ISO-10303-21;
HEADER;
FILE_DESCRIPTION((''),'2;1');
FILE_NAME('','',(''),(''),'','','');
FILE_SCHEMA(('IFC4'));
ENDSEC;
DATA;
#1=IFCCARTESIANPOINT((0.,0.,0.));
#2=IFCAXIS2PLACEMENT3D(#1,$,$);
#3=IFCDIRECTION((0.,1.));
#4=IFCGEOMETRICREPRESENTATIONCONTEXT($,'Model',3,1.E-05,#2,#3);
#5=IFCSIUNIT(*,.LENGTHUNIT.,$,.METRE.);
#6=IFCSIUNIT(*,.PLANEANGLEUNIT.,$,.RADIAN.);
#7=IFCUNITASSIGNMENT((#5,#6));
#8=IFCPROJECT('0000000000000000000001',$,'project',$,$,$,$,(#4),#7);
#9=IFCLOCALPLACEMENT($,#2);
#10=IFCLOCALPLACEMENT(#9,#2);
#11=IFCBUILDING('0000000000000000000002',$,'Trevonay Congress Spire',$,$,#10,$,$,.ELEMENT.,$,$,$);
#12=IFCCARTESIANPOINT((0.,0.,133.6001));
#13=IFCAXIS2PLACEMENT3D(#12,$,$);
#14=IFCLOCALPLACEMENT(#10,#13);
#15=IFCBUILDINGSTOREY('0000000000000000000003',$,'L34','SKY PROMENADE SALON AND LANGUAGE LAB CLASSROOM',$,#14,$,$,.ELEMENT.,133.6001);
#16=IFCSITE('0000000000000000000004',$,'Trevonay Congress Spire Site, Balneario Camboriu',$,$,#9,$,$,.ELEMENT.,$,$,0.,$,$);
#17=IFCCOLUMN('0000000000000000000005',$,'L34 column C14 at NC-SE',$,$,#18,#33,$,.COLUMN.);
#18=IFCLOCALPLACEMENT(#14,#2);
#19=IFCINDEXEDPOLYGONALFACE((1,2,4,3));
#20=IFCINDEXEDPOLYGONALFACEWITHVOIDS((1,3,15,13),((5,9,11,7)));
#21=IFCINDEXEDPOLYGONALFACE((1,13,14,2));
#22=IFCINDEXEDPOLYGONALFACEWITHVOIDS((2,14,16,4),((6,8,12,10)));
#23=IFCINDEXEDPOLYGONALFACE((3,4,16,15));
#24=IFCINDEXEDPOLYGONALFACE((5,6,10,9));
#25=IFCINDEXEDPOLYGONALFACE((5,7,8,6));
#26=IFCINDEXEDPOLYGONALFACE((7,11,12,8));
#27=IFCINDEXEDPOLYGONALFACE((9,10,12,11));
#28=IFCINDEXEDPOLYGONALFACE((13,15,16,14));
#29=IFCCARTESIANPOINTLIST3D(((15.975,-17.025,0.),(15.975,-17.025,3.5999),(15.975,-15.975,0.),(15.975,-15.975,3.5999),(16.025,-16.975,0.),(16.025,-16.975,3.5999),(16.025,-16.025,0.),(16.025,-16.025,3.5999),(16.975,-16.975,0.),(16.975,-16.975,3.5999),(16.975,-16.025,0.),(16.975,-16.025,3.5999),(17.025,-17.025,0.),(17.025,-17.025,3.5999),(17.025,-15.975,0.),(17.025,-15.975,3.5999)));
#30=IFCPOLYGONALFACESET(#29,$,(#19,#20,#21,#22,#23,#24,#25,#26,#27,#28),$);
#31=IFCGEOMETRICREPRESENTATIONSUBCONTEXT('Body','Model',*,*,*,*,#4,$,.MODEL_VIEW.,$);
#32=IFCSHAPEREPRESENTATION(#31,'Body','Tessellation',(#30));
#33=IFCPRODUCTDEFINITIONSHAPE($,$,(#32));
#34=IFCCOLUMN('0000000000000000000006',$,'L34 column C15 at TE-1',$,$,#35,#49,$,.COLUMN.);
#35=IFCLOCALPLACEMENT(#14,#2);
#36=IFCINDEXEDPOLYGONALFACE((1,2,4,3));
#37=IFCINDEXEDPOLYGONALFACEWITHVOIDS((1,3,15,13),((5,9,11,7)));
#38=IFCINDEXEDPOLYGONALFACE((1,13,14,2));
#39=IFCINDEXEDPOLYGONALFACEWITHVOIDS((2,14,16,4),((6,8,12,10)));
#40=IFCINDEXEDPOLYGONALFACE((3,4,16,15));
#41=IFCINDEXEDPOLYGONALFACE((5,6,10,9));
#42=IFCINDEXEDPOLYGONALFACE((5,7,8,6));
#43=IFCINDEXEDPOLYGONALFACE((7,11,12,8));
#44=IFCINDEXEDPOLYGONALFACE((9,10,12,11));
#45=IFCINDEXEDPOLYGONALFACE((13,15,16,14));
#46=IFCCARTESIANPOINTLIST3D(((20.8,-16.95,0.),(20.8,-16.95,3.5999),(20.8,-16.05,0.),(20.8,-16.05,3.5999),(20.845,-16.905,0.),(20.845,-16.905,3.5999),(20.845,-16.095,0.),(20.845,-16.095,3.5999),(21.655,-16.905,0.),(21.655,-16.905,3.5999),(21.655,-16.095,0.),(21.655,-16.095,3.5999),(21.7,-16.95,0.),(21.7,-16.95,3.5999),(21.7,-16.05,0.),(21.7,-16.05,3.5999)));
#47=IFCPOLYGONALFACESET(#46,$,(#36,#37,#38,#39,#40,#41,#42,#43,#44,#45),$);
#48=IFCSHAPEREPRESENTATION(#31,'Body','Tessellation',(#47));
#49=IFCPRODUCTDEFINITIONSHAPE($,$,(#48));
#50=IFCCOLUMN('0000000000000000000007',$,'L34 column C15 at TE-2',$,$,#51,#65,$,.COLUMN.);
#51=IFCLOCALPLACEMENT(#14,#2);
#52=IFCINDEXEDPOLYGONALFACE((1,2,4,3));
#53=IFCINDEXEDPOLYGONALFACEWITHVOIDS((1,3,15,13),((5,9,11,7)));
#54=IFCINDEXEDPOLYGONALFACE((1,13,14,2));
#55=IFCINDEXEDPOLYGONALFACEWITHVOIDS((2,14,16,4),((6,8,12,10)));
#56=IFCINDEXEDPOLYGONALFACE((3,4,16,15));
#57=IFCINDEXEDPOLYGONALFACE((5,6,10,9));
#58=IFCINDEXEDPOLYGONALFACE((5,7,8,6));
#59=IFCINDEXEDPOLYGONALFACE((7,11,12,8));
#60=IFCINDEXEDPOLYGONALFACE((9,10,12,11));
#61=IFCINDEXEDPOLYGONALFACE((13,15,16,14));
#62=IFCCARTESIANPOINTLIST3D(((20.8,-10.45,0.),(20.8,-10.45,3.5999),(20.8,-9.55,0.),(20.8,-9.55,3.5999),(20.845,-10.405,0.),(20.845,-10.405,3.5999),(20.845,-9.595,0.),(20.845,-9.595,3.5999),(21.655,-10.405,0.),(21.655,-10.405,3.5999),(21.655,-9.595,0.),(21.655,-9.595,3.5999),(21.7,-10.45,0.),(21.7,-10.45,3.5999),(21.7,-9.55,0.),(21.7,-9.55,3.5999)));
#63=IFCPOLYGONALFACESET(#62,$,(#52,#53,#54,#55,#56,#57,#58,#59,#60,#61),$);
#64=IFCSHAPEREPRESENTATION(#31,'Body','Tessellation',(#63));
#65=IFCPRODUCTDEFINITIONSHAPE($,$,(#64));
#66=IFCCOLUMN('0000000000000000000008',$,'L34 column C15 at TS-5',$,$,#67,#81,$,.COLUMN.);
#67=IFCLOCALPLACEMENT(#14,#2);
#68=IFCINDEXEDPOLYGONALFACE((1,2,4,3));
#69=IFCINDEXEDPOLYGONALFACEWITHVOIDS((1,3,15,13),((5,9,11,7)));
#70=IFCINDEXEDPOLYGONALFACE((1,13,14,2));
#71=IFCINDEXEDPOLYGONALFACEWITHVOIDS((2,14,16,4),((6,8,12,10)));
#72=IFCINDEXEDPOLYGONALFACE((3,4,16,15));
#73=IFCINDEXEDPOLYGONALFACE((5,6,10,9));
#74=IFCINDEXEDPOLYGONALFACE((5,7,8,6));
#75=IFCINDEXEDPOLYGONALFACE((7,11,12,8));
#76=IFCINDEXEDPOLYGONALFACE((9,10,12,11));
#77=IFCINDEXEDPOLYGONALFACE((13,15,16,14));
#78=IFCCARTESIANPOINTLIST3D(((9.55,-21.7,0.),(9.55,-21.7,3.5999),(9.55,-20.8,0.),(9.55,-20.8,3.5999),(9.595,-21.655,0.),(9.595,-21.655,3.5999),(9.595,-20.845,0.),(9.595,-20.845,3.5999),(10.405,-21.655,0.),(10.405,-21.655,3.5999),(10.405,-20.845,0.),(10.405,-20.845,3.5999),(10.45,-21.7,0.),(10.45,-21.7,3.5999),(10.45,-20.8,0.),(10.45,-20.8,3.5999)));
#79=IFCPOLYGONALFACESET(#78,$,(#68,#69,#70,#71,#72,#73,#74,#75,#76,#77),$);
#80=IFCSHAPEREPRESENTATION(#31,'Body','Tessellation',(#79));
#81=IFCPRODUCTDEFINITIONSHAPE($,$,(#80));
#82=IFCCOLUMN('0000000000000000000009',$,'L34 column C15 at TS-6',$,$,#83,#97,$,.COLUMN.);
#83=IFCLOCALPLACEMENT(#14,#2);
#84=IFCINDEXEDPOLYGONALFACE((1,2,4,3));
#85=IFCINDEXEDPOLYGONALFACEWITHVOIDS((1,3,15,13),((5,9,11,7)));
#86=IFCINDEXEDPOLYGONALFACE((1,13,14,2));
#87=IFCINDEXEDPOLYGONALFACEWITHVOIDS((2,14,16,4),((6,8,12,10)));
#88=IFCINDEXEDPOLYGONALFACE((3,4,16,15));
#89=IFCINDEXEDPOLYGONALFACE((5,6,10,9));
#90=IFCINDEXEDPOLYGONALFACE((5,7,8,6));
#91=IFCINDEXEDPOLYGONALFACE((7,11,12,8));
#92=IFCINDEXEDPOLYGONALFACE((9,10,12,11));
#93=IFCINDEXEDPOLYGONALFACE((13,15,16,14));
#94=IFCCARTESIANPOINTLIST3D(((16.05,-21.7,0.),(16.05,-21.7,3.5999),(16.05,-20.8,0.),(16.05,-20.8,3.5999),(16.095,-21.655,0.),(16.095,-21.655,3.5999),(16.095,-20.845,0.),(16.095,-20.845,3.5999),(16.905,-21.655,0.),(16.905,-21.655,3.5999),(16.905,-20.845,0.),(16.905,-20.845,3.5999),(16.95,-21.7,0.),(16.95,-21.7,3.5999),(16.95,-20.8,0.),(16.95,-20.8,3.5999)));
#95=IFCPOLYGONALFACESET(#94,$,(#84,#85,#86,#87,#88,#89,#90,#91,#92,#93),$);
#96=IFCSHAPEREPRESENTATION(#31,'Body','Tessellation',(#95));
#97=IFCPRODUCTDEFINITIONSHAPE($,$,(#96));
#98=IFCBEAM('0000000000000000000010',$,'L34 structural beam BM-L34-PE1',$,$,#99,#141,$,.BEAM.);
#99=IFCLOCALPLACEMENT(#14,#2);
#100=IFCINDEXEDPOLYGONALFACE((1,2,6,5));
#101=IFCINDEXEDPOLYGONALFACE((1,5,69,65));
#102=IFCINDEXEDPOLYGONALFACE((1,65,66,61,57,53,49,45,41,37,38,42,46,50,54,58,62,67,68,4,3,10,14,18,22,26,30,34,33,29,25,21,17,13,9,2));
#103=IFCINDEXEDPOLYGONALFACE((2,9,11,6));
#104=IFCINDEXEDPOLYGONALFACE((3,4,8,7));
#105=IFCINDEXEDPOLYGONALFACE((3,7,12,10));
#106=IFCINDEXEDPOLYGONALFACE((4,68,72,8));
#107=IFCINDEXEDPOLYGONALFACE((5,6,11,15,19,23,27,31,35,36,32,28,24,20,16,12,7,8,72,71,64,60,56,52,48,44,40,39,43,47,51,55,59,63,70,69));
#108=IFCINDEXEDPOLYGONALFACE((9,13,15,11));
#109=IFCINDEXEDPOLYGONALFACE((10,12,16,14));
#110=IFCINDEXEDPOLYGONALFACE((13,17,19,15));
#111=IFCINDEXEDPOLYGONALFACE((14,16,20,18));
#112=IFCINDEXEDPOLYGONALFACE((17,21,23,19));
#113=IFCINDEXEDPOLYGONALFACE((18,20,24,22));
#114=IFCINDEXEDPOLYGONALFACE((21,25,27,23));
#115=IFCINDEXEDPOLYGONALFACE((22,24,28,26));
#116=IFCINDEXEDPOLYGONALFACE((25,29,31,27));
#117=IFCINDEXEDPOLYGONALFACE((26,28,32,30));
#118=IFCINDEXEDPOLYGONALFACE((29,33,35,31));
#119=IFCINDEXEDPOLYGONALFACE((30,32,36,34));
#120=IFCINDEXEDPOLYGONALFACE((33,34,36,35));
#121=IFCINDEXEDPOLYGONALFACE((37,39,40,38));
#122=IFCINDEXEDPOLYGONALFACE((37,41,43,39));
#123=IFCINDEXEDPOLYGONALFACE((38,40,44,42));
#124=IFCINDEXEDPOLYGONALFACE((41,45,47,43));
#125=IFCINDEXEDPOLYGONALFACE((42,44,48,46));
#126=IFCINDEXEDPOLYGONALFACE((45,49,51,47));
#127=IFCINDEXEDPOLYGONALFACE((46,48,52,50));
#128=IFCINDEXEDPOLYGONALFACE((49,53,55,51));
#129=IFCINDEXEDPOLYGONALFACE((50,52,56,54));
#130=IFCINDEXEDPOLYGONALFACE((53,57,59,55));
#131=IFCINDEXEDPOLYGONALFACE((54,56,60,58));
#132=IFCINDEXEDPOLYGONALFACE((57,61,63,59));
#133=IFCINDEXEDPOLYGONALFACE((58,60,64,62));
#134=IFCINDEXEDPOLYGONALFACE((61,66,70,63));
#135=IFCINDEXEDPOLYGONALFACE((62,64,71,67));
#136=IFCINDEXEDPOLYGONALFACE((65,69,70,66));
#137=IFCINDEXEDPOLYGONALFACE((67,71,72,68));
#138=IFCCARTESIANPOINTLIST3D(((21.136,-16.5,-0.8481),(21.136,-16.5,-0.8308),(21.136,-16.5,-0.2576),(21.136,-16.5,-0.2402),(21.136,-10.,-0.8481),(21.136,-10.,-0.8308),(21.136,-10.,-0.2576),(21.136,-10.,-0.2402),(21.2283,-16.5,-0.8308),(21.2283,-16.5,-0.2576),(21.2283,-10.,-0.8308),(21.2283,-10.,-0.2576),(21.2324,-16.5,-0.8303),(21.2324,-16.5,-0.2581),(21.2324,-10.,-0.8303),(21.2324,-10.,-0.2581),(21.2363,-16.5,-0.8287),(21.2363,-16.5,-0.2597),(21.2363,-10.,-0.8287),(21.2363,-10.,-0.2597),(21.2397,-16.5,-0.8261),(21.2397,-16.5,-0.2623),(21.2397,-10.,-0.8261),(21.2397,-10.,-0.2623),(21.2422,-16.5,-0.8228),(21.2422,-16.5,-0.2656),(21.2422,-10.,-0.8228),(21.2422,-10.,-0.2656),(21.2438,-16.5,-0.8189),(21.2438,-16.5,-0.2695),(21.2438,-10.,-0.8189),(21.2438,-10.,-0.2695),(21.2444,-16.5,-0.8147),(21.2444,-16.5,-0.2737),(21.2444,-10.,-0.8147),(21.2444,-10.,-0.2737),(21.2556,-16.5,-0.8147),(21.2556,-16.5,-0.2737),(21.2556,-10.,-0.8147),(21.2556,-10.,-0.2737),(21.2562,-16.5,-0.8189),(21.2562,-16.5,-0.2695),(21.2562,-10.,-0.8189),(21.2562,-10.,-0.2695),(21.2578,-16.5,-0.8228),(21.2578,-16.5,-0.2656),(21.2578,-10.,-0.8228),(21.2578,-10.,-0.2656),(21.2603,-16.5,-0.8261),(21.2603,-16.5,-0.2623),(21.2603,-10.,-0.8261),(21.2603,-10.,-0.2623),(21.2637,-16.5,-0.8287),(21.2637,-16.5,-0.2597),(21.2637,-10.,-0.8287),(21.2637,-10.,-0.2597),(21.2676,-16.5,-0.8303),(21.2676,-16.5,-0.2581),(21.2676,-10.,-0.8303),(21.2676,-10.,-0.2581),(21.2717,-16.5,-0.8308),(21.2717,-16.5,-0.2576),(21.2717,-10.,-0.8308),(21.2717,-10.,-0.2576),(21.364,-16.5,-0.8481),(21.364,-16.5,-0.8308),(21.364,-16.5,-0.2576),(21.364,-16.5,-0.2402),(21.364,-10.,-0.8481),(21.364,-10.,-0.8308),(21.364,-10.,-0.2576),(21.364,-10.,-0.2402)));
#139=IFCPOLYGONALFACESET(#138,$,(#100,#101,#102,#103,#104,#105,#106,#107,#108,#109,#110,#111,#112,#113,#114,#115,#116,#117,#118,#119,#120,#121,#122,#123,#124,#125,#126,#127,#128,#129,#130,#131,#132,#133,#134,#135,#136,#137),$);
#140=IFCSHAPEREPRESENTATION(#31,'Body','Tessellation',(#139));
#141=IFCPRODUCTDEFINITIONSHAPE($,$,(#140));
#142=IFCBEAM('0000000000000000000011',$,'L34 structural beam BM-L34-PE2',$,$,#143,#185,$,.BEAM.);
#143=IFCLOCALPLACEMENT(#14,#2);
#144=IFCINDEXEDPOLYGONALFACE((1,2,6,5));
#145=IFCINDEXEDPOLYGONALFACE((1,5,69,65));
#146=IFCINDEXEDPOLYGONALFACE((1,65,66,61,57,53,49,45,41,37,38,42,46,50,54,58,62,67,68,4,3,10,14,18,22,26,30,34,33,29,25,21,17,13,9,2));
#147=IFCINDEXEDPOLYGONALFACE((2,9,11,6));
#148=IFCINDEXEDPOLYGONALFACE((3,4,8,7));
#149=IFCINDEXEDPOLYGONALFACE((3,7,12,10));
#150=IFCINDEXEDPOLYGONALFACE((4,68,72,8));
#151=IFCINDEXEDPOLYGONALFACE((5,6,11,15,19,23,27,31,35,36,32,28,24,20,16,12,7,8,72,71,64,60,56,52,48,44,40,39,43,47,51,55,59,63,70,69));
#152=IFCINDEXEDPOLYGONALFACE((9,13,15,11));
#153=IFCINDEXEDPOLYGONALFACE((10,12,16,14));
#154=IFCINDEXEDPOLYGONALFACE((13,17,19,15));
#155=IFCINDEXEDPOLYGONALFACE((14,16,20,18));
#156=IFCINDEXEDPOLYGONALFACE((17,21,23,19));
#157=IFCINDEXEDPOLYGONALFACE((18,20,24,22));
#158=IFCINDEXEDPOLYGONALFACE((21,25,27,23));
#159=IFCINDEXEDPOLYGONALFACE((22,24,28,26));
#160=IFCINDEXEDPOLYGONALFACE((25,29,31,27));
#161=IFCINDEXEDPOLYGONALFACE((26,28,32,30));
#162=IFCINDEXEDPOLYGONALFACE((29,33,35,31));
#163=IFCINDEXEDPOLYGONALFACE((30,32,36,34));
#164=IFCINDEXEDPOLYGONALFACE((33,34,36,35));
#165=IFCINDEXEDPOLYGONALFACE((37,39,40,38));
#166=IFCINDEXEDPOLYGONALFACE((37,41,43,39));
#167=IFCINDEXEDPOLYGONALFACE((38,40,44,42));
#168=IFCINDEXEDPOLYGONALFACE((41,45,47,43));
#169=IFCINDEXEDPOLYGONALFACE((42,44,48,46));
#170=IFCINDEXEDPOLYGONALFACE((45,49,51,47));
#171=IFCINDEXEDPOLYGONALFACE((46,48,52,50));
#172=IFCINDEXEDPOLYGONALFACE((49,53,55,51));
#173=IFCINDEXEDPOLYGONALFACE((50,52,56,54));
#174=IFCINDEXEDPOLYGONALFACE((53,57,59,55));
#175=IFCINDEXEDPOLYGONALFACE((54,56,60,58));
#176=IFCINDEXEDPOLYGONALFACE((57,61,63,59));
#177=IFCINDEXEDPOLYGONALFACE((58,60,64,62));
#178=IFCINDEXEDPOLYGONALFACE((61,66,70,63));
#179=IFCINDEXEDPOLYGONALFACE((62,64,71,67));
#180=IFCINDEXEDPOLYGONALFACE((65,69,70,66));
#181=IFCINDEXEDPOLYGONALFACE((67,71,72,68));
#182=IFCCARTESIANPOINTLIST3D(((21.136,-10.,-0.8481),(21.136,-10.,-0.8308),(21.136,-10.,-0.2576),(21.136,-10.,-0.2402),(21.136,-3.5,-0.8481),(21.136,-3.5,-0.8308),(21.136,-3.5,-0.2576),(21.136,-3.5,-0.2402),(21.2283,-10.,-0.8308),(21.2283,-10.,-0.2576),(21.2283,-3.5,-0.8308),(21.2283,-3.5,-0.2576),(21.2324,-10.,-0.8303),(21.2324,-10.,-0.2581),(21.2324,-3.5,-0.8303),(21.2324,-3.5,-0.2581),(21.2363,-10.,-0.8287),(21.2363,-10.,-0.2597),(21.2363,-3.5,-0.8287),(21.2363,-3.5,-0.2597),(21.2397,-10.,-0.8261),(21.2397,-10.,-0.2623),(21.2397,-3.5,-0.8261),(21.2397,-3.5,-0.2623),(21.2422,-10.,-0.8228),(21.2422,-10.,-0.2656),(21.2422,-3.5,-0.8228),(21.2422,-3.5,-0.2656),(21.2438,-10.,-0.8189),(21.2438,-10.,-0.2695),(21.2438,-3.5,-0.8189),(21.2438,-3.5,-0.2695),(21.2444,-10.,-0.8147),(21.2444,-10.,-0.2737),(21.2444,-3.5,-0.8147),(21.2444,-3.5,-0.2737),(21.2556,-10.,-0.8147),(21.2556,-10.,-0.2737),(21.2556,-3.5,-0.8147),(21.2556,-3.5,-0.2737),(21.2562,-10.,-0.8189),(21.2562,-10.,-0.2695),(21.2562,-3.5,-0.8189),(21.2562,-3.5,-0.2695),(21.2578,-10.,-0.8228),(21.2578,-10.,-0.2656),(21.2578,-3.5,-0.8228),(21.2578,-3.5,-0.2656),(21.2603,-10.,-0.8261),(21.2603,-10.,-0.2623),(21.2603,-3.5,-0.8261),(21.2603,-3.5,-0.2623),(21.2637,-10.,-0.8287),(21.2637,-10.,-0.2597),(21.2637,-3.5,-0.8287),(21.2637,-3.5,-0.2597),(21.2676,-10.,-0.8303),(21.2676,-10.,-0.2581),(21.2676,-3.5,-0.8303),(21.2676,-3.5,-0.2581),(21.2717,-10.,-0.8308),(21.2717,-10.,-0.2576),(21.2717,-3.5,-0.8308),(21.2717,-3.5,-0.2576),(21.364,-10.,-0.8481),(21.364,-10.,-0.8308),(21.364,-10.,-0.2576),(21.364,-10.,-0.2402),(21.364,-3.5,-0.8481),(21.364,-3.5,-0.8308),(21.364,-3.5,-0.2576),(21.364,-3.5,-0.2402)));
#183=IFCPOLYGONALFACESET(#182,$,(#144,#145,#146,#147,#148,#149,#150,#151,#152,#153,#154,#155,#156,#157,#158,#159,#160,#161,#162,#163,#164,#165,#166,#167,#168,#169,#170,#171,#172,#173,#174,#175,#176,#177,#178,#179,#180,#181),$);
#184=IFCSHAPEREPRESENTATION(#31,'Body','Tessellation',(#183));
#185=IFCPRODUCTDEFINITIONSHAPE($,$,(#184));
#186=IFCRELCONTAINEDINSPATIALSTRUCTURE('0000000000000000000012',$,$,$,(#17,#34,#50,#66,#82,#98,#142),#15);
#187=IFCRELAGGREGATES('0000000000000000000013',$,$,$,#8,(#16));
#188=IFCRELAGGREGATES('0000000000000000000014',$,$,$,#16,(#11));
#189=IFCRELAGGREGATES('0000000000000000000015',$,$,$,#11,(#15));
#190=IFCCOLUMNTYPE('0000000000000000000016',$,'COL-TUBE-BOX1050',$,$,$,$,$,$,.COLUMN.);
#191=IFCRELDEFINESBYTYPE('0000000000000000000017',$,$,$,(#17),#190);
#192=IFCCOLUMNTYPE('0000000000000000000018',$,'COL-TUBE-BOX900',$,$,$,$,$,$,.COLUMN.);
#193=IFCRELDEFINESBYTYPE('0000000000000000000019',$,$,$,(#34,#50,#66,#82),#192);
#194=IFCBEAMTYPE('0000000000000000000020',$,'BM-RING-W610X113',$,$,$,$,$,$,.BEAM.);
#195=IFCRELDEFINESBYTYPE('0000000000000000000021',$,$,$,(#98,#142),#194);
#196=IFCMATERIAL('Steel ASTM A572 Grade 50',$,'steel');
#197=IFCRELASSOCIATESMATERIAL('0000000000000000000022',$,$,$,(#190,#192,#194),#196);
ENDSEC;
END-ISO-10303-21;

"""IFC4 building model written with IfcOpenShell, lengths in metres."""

from ifc_helpers import new_model, si_unit, direction, frame, origin, origin_2d, place, context, subcontext, project, spatial, hollow_rectangle, i_section, extrude, material, material_profile, profile_set, type_object, element, save


model = new_model("IFC4")

# Units and contexts
model_context = context("Model", 3, precision=1e-05, world=origin(), true_north=direction((0.0, 1.0)))
body_context = subcontext(model_context, "Body", "Model", "MODEL_VIEW")
ifc_project = project(units=[si_unit("LENGTHUNIT", "METRE"), si_unit("PLANEANGLEUNIT", "RADIAN")], contexts=[model_context])

# Site, building, storey
site_placement = place(None, origin())
site = spatial("IfcSite", under=ifc_project, at=site_placement, Name="Trevonay Congress Spire Site, Balneario Camboriu", CompositionType="ELEMENT", RefElevation=0.0)
building_placement = place(site_placement, origin())
building = spatial("IfcBuilding", under=site, at=building_placement, Name="Trevonay Congress Spire", CompositionType="ELEMENT")
storey_placement = place(building_placement, frame((0.0, 0.0, 133.6001)))
storey = spatial("IfcBuildingStorey", under=building, at=storey_placement, Name="L34", Description="SKY PROMENADE SALON AND LANGUAGE LAB CLASSROOM", CompositionType="ELEMENT", Elevation=133.6001)

# Columns
ifc_material_1 = material(Name="Steel ASTM A572 Grade 50", Category="steel")
ifc_material_profile_1 = material_profile(ifc_material_1, hollow_rectangle(XDim=1.05, YDim=1.05, WallThickness=0.05, at=origin_2d()), Name="BOX 1050x1050x50")
ifc_profile_set_1 = profile_set([ifc_material_profile_1], Name="Steel ASTM A572 Grade 50")
column_type_1 = type_object("IfcColumnType", Name="COL-TUBE-BOX1050", PredefinedType="COLUMN", material=ifc_profile_set_1)
column_placement = place(storey_placement, frame((16.5, -16.5, 0.0), z_axis=(0.0, 0.0, 1.0), x_axis=(1.0, 0.0, 0.0)))
element("IfcColumn", 1, at=column_placement, inside=storey, type_object=column_type_1, Name="L34 column C14 at NC-SE", PredefinedType="COLUMN", context=body_context, shape_type="SweptSolid", body=[
    extrude(hollow_rectangle(XDim=1.05, YDim=1.05, WallThickness=0.05, at=origin_2d()), origin(), (0.0, 0.0, 1.0), 3.5999),
])
ifc_material_profile_2 = material_profile(ifc_material_1, hollow_rectangle(XDim=0.8999, YDim=0.8999, WallThickness=0.0449, at=origin_2d()), Name="BOX 900x900x45")
ifc_profile_set_2 = profile_set([ifc_material_profile_2], Name="Steel ASTM A572 Grade 50")
column_type_2 = type_object("IfcColumnType", Name="COL-TUBE-BOX900", PredefinedType="COLUMN", material=ifc_profile_set_2)
for number, where, z_axis, x_axis, name in (
    (2, (21.25, -16.5, 0.0), (0.0, 0.0, 1.0), (1.0, 0.0, 0.0), "L34 column C15 at TE-1"),
    (3, (21.25, -10.0, 0.0), (0.0, 0.0, 1.0), (1.0, 0.0, 0.0), "L34 column C15 at TE-2"),
    (4, (10.0, -21.25, 0.0), (0.0, 0.0, 1.0), (1.0, 0.0, 0.0), "L34 column C15 at TS-5"),
    (5, (16.5, -21.25, 0.0), (0.0, 0.0, 1.0), (1.0, 0.0, 0.0), "L34 column C15 at TS-6"),
):
    element("IfcColumn", number, at=place(storey_placement, frame(where, z_axis=z_axis, x_axis=x_axis)), inside=storey, type_object=column_type_2, Name=name, PredefinedType="COLUMN", context=body_context, shape_type="SweptSolid", body=[
        extrude(hollow_rectangle(XDim=0.8999, YDim=0.8999, WallThickness=0.0449, at=origin_2d()), origin(), (0.0, 0.0, 1.0), 3.5999),
    ])

# Beams
ifc_material_profile_3 = material_profile(ifc_material_1, i_section(OverallWidth=0.228, OverallDepth=0.6079, WebThickness=0.0112, FlangeThickness=0.0173, FilletRadius=0.0161, at=origin_2d()), Name="W610x113")
ifc_profile_set_3 = profile_set([ifc_material_profile_3], Name="Steel ASTM A572 Grade 50")
beam_type = type_object("IfcBeamType", Name="BM-RING-W610X113", PredefinedType="BEAM", material=ifc_profile_set_3)
for number, where, z_axis, x_axis, name in (
    (6, (21.25, -16.5, -0.5442), (0.0, 1.0, 0.0), (-1.0, 0.0, 0.0), "L34 structural beam BM-L34-PE1"),
    (7, (21.25, -10.0, -0.5442), (0.0, 1.0, 0.0), (-1.0, 0.0, 0.0), "L34 structural beam BM-L34-PE2"),
):
    element("IfcBeam", number, at=place(storey_placement, frame(where, z_axis=z_axis, x_axis=x_axis)), inside=storey, type_object=beam_type, Name=name, PredefinedType="BEAM", context=body_context, shape_type="SweptSolid", body=[
        extrude(i_section(OverallWidth=0.228, OverallDepth=0.6079, WebThickness=0.0112, FlangeThickness=0.0173, FilletRadius=0.0161, at=origin_2d()), origin(), (0.0, 0.0, 1.0), 6.5),
    ])

save(model, "model.ifc")
